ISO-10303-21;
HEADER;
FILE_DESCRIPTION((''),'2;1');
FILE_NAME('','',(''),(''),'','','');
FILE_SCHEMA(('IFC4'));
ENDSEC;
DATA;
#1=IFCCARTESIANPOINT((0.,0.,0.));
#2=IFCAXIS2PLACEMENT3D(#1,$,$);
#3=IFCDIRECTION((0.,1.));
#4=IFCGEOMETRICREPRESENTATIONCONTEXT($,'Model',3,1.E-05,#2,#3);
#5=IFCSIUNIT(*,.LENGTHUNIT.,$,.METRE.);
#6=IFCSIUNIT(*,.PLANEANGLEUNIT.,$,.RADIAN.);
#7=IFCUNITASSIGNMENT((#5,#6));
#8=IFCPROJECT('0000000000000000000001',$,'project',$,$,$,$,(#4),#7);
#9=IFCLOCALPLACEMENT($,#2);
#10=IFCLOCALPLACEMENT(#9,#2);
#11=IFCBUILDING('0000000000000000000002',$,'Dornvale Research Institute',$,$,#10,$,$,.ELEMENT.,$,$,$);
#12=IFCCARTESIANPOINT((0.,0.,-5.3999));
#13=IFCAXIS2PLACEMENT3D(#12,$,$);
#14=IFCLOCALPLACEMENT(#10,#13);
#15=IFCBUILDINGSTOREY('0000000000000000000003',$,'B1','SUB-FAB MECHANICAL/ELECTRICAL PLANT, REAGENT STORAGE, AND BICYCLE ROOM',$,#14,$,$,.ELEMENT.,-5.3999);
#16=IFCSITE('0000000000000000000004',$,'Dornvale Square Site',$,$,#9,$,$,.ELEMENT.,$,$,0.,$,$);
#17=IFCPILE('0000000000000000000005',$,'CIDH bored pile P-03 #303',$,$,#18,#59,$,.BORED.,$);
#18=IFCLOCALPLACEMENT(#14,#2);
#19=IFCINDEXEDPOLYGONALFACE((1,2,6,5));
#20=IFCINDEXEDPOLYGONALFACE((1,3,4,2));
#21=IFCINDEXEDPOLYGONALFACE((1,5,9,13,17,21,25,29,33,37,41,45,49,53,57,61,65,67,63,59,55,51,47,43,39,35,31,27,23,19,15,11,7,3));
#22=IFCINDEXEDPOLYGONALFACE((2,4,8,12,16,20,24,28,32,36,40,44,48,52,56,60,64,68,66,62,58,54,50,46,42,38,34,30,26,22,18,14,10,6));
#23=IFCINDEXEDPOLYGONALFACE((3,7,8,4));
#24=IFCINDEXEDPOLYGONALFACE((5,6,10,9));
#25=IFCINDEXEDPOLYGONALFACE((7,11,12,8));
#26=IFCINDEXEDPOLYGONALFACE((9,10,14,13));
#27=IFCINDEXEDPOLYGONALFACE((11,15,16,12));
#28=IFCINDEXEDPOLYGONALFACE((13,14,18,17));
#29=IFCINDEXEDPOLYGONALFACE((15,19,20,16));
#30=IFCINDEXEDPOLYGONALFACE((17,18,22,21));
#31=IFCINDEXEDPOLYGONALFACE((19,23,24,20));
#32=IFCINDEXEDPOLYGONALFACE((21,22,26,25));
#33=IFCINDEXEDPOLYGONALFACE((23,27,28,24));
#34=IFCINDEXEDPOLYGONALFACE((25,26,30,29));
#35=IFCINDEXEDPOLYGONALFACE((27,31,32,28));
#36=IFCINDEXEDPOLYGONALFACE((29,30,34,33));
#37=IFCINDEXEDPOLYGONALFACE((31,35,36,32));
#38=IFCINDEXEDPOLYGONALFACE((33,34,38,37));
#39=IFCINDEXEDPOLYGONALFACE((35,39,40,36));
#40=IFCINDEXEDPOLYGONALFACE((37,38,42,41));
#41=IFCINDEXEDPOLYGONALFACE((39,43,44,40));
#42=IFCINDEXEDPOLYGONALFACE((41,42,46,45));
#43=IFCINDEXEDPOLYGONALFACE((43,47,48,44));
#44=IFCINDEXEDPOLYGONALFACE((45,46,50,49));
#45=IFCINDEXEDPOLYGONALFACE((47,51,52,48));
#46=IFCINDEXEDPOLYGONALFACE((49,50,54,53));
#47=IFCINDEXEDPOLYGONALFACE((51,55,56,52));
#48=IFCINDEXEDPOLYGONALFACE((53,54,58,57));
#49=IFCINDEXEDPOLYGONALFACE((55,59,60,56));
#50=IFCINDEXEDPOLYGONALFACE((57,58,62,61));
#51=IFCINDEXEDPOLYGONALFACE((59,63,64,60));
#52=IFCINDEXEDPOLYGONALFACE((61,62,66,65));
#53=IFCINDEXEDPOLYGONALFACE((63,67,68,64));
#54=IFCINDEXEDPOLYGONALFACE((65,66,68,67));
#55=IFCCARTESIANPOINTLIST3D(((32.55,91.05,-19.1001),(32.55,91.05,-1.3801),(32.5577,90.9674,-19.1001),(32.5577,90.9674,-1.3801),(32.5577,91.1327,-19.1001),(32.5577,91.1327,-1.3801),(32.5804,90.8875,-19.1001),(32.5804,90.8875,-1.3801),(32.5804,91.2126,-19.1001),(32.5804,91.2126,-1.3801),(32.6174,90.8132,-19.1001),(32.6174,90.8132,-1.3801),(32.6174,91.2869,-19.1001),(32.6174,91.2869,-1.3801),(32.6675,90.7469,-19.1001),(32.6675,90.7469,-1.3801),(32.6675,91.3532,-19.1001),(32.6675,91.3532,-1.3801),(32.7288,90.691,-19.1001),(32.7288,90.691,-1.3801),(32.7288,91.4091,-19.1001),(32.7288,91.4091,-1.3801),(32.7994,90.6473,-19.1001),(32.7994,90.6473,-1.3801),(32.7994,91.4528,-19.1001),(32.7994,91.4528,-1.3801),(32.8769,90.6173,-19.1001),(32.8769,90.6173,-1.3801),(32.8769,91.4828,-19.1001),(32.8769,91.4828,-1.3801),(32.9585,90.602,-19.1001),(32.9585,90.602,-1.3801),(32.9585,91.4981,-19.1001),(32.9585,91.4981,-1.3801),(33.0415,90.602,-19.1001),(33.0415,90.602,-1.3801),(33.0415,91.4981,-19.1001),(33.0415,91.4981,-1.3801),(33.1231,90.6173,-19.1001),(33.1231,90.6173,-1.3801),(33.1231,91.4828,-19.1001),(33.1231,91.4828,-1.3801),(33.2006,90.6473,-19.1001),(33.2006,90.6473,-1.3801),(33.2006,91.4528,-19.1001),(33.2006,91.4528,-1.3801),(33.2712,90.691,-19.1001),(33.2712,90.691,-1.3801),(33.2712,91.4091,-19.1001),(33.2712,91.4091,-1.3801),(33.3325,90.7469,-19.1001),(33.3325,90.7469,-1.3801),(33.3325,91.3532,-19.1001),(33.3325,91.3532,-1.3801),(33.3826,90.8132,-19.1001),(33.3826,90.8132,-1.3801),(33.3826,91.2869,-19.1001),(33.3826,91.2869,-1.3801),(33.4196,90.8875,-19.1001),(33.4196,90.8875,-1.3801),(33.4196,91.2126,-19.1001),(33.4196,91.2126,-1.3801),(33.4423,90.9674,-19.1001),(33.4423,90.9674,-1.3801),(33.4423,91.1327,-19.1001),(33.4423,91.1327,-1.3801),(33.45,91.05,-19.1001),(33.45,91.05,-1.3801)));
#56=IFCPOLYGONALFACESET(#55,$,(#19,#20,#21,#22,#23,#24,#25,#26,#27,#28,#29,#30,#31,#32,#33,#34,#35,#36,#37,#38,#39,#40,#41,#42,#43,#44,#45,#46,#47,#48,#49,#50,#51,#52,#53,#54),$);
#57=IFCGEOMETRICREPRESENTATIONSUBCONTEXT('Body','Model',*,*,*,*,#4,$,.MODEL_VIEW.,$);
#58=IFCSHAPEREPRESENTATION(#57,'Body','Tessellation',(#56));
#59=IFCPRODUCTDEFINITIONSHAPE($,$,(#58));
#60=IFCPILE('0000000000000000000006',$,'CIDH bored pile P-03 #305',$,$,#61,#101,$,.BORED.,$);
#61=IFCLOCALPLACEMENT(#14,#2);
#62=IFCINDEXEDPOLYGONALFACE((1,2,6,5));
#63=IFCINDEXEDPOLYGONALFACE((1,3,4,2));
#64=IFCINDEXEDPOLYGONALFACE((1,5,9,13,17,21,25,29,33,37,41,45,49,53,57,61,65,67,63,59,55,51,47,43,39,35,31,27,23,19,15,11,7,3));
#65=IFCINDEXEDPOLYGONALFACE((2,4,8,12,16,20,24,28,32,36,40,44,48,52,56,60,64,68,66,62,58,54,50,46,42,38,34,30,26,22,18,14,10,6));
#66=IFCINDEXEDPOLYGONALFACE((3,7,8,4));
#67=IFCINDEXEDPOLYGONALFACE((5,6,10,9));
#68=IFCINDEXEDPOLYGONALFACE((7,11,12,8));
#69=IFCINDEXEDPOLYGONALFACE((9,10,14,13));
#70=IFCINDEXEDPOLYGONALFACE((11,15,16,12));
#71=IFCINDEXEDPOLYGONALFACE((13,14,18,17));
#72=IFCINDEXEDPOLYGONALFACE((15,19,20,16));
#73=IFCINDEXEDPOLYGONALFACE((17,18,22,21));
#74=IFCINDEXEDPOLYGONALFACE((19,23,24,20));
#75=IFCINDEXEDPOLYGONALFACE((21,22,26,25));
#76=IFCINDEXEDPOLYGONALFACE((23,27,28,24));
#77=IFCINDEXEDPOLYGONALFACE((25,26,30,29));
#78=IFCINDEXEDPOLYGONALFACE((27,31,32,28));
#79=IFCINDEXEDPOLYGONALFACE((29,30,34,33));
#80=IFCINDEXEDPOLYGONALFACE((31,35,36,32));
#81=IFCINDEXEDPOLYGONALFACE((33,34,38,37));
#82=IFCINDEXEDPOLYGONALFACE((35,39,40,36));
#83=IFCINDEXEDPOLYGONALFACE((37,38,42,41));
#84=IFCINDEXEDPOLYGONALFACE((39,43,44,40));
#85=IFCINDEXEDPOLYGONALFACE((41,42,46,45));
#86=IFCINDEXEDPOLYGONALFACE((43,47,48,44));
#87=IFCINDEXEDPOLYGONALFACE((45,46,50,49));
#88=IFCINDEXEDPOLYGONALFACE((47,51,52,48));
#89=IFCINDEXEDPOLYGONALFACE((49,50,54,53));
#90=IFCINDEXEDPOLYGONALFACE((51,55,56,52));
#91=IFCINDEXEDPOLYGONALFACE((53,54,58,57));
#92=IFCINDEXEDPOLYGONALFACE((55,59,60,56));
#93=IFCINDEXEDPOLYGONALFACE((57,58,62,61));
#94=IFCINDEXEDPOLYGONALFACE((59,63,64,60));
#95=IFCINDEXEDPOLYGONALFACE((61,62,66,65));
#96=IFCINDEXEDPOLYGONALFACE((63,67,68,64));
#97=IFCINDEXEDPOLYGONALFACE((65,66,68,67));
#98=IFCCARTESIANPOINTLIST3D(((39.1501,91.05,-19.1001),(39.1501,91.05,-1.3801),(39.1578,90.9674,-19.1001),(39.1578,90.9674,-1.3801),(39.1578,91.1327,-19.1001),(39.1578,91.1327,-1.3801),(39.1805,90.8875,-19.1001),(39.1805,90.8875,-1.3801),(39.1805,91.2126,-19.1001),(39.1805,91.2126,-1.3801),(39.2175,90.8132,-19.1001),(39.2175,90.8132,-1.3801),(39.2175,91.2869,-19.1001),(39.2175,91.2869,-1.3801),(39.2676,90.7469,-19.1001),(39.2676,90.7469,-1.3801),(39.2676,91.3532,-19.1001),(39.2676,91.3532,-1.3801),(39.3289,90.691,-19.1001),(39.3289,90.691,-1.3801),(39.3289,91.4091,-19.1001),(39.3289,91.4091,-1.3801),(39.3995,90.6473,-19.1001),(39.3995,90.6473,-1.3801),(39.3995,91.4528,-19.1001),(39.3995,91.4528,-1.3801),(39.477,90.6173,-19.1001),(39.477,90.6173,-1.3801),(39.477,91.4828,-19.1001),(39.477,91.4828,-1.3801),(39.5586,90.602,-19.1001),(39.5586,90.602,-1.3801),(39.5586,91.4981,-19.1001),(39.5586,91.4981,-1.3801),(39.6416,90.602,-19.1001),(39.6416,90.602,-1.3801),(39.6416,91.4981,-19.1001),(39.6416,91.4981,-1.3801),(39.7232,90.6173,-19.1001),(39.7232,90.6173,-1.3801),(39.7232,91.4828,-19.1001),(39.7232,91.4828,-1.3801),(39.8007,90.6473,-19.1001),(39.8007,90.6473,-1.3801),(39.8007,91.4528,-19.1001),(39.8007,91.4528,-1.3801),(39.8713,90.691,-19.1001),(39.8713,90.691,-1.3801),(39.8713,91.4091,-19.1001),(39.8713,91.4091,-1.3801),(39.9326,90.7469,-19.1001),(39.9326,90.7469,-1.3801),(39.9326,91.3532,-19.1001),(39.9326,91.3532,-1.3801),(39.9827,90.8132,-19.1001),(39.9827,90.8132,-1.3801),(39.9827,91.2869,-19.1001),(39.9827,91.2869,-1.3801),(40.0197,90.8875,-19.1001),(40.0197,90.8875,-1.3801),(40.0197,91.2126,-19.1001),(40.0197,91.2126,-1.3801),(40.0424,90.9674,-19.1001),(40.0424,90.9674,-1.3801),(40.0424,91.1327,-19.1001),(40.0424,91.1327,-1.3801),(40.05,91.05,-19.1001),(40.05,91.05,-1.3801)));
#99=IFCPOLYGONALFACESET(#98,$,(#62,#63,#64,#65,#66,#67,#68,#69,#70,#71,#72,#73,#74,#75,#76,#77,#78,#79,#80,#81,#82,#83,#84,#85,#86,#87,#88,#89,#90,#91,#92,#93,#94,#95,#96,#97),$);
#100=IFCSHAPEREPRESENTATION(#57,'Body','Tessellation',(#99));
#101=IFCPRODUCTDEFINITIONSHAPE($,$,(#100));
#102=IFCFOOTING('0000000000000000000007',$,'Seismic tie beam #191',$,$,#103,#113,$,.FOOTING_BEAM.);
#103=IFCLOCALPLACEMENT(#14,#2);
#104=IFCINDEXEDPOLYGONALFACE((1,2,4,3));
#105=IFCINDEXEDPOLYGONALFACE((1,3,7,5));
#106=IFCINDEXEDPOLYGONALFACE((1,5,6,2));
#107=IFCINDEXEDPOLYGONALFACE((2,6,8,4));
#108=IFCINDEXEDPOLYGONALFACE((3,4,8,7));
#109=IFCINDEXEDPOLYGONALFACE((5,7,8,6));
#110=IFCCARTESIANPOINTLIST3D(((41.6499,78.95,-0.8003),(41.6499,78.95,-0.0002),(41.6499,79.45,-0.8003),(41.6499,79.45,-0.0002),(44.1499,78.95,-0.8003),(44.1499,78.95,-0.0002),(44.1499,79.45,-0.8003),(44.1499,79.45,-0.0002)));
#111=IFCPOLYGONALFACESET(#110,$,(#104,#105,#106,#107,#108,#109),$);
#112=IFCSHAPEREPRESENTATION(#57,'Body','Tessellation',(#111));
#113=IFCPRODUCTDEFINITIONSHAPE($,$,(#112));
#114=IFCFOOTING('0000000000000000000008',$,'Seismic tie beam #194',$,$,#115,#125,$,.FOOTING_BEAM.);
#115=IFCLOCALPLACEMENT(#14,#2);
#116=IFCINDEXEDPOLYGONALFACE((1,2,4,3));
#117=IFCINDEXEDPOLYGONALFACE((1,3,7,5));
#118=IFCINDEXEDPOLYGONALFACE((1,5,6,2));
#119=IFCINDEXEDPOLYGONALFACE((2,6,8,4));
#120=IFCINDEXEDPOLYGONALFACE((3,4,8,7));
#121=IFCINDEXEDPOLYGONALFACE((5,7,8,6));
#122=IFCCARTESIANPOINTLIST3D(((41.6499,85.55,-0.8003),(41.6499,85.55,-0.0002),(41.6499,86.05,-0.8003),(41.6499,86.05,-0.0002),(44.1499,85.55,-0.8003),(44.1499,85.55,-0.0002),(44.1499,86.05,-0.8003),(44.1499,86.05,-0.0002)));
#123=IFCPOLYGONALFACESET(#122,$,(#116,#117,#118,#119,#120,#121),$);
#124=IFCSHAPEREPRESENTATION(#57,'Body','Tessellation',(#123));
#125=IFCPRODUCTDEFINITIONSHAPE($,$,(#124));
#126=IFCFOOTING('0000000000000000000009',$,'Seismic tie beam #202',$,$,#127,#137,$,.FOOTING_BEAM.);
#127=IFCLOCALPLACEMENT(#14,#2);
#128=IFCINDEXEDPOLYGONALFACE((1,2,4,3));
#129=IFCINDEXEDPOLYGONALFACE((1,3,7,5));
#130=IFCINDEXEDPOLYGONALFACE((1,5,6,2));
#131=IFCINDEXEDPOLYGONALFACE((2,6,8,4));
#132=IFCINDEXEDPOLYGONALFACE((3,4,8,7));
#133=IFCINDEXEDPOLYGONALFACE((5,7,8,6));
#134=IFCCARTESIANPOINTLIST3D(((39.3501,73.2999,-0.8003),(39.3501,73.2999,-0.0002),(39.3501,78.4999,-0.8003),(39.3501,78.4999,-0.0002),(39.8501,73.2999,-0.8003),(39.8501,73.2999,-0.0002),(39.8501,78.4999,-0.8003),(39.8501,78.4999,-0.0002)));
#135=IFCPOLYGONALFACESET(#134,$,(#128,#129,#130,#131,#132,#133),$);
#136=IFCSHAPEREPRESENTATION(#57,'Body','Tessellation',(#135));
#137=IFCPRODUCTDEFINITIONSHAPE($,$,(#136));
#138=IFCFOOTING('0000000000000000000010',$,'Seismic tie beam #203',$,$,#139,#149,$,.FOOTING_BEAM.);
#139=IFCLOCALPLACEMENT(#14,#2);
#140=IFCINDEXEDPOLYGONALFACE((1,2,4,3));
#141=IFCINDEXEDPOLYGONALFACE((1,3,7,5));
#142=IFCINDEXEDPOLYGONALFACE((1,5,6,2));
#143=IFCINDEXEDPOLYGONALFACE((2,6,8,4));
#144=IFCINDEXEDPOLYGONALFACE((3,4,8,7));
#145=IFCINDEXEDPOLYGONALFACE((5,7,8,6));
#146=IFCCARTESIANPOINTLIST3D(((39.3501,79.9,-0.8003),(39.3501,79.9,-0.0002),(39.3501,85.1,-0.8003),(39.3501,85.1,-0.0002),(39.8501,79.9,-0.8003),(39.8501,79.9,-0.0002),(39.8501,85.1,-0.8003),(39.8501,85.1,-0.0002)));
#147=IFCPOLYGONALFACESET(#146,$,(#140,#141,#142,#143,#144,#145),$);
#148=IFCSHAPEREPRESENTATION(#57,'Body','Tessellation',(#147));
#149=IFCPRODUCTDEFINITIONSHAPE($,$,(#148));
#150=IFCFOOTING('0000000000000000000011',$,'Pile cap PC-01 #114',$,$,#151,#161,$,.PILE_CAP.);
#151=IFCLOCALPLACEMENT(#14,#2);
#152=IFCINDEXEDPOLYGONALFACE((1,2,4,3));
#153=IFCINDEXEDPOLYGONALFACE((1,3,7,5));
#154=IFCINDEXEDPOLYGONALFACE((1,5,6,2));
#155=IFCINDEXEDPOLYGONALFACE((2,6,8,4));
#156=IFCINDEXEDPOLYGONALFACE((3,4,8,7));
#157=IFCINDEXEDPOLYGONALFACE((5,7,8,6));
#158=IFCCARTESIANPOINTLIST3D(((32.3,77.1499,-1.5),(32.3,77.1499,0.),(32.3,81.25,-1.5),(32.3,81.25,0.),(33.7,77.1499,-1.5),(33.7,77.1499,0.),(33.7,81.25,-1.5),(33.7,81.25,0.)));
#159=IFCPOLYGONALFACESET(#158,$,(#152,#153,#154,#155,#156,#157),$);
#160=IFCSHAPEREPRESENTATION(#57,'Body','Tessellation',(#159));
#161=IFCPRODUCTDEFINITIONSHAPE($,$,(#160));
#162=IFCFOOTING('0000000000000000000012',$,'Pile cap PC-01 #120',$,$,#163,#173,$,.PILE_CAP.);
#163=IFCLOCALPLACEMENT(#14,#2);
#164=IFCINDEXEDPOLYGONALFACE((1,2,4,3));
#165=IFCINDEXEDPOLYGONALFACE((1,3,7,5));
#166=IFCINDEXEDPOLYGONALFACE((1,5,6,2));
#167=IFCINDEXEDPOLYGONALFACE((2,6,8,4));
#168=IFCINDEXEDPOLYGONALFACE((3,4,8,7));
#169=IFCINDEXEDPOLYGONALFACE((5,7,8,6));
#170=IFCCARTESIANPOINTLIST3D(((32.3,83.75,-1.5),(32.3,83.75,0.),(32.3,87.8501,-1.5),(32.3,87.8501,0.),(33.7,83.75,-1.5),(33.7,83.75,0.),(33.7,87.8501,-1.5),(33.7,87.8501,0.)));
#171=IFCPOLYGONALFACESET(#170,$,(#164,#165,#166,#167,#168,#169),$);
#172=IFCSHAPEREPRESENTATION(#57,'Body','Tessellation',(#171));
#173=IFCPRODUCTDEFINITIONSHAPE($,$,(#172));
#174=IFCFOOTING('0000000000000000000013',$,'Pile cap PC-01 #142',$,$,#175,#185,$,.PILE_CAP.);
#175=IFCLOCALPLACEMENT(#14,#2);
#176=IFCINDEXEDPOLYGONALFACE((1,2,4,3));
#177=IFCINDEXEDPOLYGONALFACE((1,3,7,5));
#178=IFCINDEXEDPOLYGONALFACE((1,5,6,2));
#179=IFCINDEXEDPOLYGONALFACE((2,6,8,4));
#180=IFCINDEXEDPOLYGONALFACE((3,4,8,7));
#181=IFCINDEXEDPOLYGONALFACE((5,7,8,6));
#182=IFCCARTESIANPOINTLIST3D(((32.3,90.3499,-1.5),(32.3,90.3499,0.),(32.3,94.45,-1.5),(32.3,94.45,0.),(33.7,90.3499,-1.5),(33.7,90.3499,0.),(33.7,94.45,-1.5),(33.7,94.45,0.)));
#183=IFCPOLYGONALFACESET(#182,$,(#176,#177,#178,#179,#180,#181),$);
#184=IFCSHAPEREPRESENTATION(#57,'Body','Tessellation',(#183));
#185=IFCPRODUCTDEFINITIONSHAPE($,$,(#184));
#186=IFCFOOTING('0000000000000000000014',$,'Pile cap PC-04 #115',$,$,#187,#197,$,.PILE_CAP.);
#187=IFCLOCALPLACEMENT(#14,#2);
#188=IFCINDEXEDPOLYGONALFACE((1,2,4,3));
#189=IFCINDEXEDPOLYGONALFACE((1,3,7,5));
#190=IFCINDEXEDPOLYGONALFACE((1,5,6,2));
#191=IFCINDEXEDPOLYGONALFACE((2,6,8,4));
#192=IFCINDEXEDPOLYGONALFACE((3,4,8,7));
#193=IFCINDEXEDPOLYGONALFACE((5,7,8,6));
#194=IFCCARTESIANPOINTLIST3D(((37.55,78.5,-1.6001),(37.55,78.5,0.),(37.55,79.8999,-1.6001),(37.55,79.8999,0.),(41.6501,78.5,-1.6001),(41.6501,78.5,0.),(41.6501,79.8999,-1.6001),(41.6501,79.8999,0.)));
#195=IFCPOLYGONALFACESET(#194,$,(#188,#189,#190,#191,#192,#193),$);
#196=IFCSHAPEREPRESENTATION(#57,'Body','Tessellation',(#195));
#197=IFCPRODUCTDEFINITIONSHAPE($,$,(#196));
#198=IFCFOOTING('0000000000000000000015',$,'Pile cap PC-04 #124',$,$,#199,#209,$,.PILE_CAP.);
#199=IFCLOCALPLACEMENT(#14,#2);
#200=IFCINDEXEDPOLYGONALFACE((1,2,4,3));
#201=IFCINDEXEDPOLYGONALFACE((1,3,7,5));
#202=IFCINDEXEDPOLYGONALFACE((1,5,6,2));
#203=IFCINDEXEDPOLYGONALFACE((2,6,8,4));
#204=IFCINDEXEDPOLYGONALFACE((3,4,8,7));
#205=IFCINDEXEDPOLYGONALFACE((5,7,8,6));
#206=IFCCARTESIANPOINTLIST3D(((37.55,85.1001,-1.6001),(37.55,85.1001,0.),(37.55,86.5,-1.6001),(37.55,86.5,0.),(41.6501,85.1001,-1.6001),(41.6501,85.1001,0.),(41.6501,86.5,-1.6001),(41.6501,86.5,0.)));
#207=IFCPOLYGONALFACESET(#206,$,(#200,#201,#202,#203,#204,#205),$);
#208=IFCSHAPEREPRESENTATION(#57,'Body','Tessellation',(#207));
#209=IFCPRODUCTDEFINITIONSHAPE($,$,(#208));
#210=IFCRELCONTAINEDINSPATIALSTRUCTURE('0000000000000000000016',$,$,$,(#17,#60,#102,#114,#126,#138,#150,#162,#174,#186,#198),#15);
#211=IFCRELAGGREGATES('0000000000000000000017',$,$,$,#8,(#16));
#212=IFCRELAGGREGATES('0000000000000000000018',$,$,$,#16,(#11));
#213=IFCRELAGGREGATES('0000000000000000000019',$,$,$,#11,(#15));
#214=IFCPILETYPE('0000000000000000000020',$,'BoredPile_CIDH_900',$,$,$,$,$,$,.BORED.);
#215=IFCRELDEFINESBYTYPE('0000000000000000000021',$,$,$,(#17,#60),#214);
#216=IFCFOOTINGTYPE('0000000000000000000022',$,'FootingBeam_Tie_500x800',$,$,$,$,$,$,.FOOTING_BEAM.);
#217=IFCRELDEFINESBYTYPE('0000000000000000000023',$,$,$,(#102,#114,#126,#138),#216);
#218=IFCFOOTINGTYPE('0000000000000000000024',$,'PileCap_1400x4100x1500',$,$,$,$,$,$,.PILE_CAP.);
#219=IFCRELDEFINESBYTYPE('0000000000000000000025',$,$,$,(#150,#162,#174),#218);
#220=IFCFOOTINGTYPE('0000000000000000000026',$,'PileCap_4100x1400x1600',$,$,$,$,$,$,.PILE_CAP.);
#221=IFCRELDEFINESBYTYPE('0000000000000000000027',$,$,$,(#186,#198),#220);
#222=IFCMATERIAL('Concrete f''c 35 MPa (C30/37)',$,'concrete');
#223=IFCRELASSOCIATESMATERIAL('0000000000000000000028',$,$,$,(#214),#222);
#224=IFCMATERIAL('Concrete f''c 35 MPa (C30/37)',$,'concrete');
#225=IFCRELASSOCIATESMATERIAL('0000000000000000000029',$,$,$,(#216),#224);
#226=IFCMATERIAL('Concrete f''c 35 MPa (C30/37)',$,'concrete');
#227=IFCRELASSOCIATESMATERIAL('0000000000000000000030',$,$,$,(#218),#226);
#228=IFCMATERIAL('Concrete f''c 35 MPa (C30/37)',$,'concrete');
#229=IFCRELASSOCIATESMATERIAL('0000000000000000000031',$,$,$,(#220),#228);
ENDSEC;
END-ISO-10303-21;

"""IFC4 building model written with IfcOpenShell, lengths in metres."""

from ifc_helpers import new_model, si_unit, direction, frame, origin, origin_2d, place, context, subcontext, project, spatial, rectangle, circle, extrude, material, material_profile, profile_set, type_object, element, save


model = new_model("IFC4")

# Units and contexts
model_context = context("Model", 3, precision=1e-05, world=origin(), true_north=direction((0.0, 1.0)))
body_context = subcontext(model_context, "Body", "Model", "MODEL_VIEW")
ifc_project = project(units=[si_unit("LENGTHUNIT", "METRE"), si_unit("PLANEANGLEUNIT", "RADIAN")], contexts=[model_context])

# Site, building, storey
site_placement = place(None, origin())
site = spatial("IfcSite", under=ifc_project, at=site_placement, Name="Dornvale Square Site", CompositionType="ELEMENT", RefElevation=0.0)
building_placement = place(site_placement, origin())
building = spatial("IfcBuilding", under=site, at=building_placement, Name="Dornvale Research Institute", CompositionType="ELEMENT")
storey_placement = place(building_placement, frame((0.0, 0.0, -5.3999)))
storey = spatial("IfcBuildingStorey", under=building, at=storey_placement, Name="B1", Description="SUB-FAB MECHANICAL/ELECTRICAL PLANT, REAGENT STORAGE, AND BICYCLE ROOM", CompositionType="ELEMENT", Elevation=-5.3999)

# Piles
ifc_material_1 = material(Name="Concrete f'c 35 MPa (C30/37)", Category="concrete")
ifc_material_profile_1 = material_profile(ifc_material_1, circle(Radius=0.45, at=origin_2d()), Name="CIDH PILE D900")
ifc_profile_set_1 = profile_set([ifc_material_profile_1], Name="Concrete f'c 35 MPa (C30/37)")
pile_type = type_object("IfcPileType", Name="BoredPile_CIDH_900", PredefinedType="BORED", material=ifc_profile_set_1)
for number, where, z_axis, x_axis, name in (
    (1, (33.0, 91.05, -1.3801), (0.0, 0.0, -1.0), (1.0, 0.0, 0.0), "CIDH bored pile P-03 #303"),
    (2, (39.6001, 91.05, -1.3801), (0.0, 0.0, -1.0), (1.0, 0.0, 0.0), "CIDH bored pile P-03 #305"),
):
    element("IfcPile", number, at=place(storey_placement, frame(where, z_axis=z_axis, x_axis=x_axis)), inside=storey, type_object=pile_type, Name=name, PredefinedType="BORED", context=body_context, shape_type="SweptSolid", body=[
        extrude(circle(Radius=0.45, at=origin_2d()), origin(), (0.0, 0.0, 1.0), 17.72),
    ])

# Footings
ifc_material_2 = material(Name="Concrete f'c 35 MPa (C30/37)", Category="concrete")
footing_type_1 = type_object("IfcFootingType", Name="FootingBeam_Tie_500x800", PredefinedType="FOOTING_BEAM", material=ifc_material_2)
for number, where, z_axis, x_axis, name in (
    (3, (42.8999, 79.2, -0.8003), (0.0, 0.0, 1.0), (1.0, 0.0, 0.0), "Seismic tie beam #191"),
    (4, (42.8999, 85.8, -0.8003), (0.0, 0.0, 1.0), (1.0, 0.0, 0.0), "Seismic tie beam #194"),
):
    element("IfcFooting", number, at=place(storey_placement, frame(where, z_axis=z_axis, x_axis=x_axis)), inside=storey, type_object=footing_type_1, Name=name, PredefinedType="FOOTING_BEAM", context=body_context, shape_type="SweptSolid", body=[
        extrude(rectangle(XDim=2.5, YDim=0.5, at=origin_2d()), origin(), (0.0, 0.0, 1.0), 0.8),
    ])
for number, where, z_axis, x_axis, name in (
    (5, (39.6001, 75.8999, -0.8003), (0.0, 0.0, 1.0), (0.0, 1.0, 0.0), "Seismic tie beam #202"),
    (6, (39.6001, 82.5, -0.8003), (0.0, 0.0, 1.0), (0.0, 1.0, 0.0), "Seismic tie beam #203"),
):
    element("IfcFooting", number, at=place(storey_placement, frame(where, z_axis=z_axis, x_axis=x_axis)), inside=storey, type_object=footing_type_1, Name=name, PredefinedType="FOOTING_BEAM", context=body_context, shape_type="SweptSolid", body=[
        extrude(rectangle(XDim=5.2, YDim=0.5, at=origin_2d()), origin(), (0.0, 0.0, 1.0), 0.8),
    ])
ifc_material_3 = material(Name="Concrete f'c 35 MPa (C30/37)", Category="concrete")
footing_type_2 = type_object("IfcFootingType", Name="PileCap_1400x4100x1500", PredefinedType="PILE_CAP", material=ifc_material_3)
for number, where, z_axis, x_axis, name in (
    (7, (33.0, 79.2, -1.5), (0.0, 0.0, 1.0), (1.0, 0.0, 0.0), "Pile cap PC-01 #114"),
    (8, (33.0, 85.8, -1.5), (0.0, 0.0, 1.0), (1.0, 0.0, 0.0), "Pile cap PC-01 #120"),
    (9, (33.0, 92.3999, -1.5), (0.0, 0.0, 1.0), (1.0, 0.0, 0.0), "Pile cap PC-01 #142"),
):
    element("IfcFooting", number, at=place(storey_placement, frame(where, z_axis=z_axis, x_axis=x_axis)), inside=storey, type_object=footing_type_2, Name=name, PredefinedType="PILE_CAP", context=body_context, shape_type="SweptSolid", body=[
        extrude(rectangle(XDim=1.3999, YDim=4.1001, at=origin_2d()), origin(), (0.0, 0.0, 1.0), 1.5),
    ])
ifc_material_4 = material(Name="Concrete f'c 35 MPa (C30/37)", Category="concrete")
footing_type_3 = type_object("IfcFootingType", Name="PileCap_4100x1400x1600", PredefinedType="PILE_CAP", material=ifc_material_4)
for number, where, z_axis, x_axis, name in (
    (10, (39.6001, 79.2, -1.6001), (0.0, 0.0, 1.0), (1.0, 0.0, 0.0), "Pile cap PC-04 #115"),
    (11, (39.6001, 85.8, -1.6001), (0.0, 0.0, 1.0), (1.0, 0.0, 0.0), "Pile cap PC-04 #124"),
):
    element("IfcFooting", number, at=place(storey_placement, frame(where, z_axis=z_axis, x_axis=x_axis)), inside=storey, type_object=footing_type_3, Name=name, PredefinedType="PILE_CAP", context=body_context, shape_type="SweptSolid", body=[
        extrude(rectangle(XDim=4.1001, YDim=1.3999, at=origin_2d()), origin(), (0.0, 0.0, 1.0), 1.6001),
    ])

save(model, "model.ifc")
